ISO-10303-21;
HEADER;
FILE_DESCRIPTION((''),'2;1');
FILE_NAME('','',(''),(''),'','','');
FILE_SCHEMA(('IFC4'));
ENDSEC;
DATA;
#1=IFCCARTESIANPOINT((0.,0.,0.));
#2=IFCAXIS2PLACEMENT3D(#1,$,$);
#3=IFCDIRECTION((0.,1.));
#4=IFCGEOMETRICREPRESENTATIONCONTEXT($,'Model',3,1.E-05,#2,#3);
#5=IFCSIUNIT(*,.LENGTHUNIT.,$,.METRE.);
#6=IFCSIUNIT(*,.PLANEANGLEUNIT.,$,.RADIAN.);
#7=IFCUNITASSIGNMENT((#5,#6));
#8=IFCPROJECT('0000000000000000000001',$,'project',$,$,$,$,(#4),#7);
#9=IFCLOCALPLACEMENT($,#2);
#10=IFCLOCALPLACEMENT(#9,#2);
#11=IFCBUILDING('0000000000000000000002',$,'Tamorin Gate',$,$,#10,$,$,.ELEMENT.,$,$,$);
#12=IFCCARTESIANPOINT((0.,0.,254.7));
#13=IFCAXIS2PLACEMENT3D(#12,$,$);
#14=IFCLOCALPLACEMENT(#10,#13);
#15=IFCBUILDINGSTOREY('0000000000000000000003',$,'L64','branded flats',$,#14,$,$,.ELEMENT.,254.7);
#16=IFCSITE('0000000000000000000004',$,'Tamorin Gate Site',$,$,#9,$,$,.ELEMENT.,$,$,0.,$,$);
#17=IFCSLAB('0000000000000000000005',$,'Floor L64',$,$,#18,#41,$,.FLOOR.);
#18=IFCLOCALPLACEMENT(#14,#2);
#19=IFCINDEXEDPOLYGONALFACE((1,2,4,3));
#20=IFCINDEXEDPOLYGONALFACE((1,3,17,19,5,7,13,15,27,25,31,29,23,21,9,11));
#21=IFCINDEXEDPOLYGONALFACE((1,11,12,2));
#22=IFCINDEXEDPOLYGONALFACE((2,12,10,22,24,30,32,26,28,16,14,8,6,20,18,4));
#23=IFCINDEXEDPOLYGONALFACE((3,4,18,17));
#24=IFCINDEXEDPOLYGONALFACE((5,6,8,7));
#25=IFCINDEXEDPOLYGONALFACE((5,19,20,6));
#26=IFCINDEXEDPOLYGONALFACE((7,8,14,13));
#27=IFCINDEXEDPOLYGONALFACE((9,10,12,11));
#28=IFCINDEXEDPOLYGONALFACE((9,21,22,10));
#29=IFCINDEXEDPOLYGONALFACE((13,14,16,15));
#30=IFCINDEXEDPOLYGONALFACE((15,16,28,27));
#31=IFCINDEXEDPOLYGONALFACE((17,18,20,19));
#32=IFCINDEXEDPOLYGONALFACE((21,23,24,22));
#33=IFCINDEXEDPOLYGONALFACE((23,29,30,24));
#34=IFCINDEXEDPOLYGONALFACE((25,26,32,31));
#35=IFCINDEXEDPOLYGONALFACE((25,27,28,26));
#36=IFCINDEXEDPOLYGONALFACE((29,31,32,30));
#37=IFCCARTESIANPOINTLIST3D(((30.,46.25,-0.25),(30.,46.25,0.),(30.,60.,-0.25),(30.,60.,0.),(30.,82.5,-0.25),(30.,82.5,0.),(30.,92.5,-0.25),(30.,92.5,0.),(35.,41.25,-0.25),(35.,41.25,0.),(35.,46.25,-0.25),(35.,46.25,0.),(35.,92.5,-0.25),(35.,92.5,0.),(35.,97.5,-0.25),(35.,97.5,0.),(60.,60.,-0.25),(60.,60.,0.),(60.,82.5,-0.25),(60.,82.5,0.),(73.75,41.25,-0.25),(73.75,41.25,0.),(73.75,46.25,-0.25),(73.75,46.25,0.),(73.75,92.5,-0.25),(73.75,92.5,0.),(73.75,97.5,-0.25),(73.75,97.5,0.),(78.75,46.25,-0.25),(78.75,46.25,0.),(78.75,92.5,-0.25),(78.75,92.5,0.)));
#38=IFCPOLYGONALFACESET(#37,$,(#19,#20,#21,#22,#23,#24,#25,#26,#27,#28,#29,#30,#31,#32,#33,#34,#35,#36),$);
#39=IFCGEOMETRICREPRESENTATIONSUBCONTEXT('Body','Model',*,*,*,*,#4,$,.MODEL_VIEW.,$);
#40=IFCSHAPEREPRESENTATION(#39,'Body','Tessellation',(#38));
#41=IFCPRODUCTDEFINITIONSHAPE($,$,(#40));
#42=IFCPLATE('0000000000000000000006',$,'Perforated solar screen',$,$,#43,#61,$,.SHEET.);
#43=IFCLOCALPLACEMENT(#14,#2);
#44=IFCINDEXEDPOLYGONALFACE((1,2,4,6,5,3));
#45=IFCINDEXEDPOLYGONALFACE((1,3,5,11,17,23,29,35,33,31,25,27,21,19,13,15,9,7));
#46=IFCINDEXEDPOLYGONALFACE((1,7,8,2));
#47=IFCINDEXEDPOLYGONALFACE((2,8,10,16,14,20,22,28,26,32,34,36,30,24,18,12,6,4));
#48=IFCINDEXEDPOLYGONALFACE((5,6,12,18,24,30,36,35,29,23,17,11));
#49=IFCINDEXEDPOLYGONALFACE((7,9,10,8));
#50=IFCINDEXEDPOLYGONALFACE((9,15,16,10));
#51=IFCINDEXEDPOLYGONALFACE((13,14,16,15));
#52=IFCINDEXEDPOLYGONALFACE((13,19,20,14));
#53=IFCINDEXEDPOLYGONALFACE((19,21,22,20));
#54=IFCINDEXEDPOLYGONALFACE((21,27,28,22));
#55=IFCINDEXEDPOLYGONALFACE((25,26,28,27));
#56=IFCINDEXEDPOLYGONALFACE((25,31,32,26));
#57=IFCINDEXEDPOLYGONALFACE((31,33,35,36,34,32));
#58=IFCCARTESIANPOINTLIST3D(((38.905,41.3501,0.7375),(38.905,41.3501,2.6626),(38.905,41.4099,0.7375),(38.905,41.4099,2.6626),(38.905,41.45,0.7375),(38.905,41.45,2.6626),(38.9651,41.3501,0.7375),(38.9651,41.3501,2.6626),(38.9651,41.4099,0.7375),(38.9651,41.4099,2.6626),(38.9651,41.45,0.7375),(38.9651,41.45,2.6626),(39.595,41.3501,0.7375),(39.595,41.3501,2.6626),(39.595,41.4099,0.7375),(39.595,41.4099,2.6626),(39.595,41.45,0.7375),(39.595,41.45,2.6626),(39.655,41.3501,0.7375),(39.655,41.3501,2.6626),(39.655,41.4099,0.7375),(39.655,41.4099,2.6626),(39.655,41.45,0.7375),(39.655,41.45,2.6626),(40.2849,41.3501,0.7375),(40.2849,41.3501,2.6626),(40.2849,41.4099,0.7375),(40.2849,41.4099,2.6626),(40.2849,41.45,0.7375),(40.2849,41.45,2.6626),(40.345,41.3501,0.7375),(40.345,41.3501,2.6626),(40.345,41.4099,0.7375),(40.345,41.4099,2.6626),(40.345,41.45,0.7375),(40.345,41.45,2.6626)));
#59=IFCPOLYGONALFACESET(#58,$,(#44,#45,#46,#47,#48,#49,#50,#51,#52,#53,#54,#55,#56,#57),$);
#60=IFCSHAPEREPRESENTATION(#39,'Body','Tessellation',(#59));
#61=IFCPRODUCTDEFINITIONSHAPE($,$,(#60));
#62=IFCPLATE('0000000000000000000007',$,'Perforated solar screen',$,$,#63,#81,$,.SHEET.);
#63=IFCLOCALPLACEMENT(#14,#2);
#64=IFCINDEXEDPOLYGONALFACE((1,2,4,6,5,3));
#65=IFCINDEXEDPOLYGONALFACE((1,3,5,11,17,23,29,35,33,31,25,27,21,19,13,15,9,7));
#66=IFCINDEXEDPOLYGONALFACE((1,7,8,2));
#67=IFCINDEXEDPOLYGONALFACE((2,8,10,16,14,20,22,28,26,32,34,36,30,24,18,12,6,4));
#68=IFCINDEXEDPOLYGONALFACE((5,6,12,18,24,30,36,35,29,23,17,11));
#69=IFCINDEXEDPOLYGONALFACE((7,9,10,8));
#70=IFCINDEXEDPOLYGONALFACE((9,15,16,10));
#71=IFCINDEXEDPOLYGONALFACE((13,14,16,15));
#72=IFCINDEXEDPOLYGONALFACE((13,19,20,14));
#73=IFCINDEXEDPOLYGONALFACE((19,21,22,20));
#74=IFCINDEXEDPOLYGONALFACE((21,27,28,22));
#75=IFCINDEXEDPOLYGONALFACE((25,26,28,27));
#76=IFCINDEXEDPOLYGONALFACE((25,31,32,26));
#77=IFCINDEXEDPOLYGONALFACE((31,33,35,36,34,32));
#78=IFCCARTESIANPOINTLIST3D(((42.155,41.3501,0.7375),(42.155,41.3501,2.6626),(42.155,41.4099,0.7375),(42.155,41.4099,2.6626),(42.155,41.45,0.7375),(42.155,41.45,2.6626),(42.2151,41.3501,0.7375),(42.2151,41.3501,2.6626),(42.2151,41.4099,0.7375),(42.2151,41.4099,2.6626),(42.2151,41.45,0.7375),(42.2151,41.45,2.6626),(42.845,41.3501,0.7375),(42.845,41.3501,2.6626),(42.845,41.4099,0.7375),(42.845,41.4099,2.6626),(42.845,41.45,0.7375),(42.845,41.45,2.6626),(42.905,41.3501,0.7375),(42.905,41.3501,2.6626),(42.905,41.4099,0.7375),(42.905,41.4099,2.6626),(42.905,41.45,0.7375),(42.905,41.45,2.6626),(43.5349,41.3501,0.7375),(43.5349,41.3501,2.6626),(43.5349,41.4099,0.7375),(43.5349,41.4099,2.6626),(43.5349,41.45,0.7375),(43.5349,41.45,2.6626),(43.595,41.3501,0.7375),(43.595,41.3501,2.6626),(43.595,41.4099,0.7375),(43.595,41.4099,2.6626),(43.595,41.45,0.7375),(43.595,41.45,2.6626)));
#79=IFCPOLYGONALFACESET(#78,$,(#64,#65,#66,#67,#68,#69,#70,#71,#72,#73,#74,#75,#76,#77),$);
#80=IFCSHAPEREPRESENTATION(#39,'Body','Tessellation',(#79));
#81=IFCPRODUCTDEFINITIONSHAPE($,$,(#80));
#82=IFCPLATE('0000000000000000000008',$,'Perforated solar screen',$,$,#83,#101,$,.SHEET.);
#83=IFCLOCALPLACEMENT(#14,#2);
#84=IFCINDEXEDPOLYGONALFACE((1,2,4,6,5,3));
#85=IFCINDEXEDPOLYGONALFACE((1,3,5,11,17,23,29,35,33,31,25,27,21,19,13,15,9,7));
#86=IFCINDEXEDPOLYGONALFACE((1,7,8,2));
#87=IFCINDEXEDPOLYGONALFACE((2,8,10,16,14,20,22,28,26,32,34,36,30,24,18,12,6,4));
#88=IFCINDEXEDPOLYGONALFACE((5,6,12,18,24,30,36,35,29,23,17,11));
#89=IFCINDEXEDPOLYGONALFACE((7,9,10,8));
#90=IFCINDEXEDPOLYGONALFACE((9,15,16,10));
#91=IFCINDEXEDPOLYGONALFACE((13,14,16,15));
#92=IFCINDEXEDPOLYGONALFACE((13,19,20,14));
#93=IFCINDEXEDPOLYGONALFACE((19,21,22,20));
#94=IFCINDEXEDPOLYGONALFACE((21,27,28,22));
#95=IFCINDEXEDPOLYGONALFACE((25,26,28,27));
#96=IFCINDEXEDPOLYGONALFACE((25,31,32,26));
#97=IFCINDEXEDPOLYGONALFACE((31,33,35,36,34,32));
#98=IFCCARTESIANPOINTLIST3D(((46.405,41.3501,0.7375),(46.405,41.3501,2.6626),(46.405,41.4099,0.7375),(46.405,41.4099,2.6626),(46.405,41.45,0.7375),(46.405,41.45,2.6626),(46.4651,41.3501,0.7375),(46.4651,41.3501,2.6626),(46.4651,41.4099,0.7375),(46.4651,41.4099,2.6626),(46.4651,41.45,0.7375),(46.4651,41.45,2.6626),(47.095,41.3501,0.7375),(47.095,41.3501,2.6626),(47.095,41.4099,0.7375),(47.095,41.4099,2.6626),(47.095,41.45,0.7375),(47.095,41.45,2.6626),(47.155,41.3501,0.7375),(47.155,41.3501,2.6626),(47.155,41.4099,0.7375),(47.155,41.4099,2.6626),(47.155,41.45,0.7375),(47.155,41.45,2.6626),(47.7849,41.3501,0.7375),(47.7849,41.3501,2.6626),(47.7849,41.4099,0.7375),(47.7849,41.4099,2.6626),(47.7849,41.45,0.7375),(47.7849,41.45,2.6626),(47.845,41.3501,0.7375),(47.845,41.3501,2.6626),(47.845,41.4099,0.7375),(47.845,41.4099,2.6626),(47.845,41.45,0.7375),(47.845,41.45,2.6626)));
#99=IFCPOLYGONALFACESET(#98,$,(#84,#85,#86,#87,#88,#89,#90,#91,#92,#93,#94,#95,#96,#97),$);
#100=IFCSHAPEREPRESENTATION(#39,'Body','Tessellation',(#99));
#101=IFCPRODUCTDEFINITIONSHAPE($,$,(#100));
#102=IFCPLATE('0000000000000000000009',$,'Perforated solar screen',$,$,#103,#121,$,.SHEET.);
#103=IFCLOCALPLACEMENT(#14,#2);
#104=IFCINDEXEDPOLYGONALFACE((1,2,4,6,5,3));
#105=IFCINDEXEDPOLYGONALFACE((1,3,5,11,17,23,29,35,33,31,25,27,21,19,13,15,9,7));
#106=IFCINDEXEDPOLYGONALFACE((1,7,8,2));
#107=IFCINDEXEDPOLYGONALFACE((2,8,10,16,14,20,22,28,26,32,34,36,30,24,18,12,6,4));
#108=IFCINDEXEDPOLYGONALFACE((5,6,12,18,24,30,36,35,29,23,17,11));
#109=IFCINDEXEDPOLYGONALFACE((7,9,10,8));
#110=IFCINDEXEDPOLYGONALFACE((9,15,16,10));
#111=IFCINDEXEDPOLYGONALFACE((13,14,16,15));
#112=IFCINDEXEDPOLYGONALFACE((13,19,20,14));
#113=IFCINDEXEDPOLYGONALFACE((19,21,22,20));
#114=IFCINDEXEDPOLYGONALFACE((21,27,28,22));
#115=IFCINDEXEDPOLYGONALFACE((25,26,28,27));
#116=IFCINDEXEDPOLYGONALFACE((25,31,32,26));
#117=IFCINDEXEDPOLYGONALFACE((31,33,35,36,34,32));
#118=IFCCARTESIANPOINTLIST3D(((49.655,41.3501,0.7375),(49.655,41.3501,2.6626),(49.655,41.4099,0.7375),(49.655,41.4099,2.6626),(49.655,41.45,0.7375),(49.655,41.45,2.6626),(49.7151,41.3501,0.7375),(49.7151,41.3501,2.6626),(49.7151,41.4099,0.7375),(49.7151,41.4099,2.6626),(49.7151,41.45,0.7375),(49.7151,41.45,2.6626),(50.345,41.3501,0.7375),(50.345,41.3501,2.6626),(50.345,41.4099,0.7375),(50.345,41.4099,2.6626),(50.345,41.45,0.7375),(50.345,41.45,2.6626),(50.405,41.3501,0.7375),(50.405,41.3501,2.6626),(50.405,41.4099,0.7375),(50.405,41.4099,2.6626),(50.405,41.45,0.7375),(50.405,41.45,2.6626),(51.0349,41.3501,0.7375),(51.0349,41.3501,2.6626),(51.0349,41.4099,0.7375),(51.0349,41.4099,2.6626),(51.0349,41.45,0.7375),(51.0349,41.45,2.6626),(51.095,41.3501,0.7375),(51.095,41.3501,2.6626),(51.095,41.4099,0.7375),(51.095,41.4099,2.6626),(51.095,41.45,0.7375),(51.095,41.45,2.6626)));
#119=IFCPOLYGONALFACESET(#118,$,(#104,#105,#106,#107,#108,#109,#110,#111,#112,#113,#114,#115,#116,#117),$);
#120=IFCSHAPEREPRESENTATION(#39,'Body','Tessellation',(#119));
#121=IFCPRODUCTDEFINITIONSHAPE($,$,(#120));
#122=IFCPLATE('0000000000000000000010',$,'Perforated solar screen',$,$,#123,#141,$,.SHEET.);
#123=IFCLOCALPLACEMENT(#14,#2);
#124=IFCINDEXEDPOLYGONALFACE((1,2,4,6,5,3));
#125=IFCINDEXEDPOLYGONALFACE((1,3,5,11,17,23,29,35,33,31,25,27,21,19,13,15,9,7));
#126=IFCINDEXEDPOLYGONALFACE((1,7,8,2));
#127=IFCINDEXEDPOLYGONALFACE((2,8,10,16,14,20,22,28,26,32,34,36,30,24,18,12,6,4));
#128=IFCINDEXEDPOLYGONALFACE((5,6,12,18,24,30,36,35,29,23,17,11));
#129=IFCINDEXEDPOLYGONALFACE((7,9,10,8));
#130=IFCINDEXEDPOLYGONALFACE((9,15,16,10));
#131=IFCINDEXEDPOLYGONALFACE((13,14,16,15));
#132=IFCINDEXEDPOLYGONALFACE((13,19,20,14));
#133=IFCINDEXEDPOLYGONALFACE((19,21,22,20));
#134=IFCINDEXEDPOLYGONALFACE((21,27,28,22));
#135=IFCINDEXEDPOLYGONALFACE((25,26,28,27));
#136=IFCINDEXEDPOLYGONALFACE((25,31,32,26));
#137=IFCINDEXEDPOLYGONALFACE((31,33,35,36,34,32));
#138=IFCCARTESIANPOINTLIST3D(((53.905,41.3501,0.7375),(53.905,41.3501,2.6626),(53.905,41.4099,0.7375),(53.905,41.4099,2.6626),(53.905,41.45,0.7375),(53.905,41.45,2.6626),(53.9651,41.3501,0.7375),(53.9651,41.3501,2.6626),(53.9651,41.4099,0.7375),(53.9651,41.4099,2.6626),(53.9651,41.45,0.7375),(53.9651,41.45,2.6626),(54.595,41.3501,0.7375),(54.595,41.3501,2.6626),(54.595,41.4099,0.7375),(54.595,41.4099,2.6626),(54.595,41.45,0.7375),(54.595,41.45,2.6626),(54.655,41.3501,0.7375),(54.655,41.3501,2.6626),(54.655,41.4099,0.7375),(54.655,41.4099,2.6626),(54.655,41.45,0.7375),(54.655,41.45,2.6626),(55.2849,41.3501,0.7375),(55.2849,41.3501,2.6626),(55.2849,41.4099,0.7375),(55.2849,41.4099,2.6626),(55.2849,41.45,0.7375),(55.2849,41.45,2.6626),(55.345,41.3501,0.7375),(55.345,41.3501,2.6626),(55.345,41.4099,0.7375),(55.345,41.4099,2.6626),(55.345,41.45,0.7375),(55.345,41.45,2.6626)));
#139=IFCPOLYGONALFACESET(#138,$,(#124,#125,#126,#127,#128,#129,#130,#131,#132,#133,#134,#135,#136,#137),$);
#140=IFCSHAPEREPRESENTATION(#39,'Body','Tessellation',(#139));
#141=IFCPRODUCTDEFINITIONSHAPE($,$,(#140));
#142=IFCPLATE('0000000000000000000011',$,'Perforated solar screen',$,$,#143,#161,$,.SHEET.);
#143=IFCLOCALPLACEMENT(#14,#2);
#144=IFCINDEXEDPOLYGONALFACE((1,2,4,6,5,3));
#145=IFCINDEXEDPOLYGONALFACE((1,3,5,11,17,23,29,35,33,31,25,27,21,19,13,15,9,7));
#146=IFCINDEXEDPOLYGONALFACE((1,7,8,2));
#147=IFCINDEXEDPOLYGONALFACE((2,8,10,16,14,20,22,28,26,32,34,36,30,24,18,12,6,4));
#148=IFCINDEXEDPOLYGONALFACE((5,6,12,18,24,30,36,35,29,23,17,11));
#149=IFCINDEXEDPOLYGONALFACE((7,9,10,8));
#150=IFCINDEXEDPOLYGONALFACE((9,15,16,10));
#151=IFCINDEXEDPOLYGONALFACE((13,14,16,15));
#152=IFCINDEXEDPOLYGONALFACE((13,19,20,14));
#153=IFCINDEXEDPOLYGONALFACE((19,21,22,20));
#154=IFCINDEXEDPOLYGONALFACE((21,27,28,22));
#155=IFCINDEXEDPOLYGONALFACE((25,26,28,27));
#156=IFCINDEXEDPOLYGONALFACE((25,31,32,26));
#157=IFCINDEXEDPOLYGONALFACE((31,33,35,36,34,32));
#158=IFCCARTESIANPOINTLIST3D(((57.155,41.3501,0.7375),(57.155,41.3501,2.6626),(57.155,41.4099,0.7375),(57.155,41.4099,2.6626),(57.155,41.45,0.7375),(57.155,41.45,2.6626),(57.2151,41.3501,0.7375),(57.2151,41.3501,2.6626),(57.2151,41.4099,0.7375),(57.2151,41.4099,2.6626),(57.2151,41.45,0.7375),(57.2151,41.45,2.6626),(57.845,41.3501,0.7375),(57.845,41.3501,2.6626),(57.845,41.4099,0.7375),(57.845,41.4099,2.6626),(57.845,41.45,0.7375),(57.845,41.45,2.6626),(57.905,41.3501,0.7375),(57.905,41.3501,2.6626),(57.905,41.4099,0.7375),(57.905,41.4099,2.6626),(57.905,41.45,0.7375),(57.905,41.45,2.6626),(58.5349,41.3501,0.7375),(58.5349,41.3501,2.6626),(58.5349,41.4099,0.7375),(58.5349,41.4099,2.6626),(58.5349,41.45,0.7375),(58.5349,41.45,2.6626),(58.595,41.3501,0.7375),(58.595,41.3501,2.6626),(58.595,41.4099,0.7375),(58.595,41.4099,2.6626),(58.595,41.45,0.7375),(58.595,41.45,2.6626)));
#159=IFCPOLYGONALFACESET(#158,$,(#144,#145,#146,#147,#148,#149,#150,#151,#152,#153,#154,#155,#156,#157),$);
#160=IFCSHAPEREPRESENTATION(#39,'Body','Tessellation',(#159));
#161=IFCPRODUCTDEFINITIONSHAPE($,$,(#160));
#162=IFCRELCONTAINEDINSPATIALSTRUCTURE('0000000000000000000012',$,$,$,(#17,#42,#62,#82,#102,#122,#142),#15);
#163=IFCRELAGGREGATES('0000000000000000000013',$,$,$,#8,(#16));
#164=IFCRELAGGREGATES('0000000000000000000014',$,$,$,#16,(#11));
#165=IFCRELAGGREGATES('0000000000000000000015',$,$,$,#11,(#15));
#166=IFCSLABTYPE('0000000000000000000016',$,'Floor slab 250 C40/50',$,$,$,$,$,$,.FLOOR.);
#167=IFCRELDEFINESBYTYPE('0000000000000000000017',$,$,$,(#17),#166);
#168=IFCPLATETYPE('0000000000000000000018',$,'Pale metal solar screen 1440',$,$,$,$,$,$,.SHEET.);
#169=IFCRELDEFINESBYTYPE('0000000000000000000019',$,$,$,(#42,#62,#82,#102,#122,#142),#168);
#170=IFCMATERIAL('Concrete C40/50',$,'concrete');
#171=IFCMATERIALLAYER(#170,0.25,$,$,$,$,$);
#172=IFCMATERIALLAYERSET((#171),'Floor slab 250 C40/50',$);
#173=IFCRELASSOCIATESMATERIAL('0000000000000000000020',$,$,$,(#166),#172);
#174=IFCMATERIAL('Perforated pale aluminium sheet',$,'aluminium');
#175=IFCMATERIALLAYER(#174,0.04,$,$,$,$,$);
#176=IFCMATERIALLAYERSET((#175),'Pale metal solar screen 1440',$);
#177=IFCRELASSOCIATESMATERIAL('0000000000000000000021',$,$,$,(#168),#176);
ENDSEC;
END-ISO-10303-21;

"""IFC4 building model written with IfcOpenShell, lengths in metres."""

from ifc_helpers import new_model, si_unit, direction, frame, origin, place, context, subcontext, project, spatial, polyline, outline, extrude, material, layer, layer_set, type_object, element, save


model = new_model("IFC4")

# Units and contexts
model_context = context("Model", 3, precision=1e-05, world=origin(), true_north=direction((0.0, 1.0)))
body_context = subcontext(model_context, "Body", "Model", "MODEL_VIEW")
ifc_project = project(units=[si_unit("LENGTHUNIT", "METRE"), si_unit("PLANEANGLEUNIT", "RADIAN")], contexts=[model_context])

# Site, building, storey
site_placement = place(None, origin())
site = spatial("IfcSite", under=ifc_project, at=site_placement, Name="Tamorin Gate Site", CompositionType="ELEMENT", RefElevation=0.0)
building_placement = place(site_placement, origin())
building = spatial("IfcBuilding", under=site, at=building_placement, Name="Tamorin Gate", CompositionType="ELEMENT")
storey_placement = place(building_placement, frame((0.0, 0.0, 254.7)))
storey = spatial("IfcBuildingStorey", under=building, at=storey_placement, Name="L64", Description="branded flats", CompositionType="ELEMENT", Elevation=254.7)

# Slab
ifc_material_1 = material(Name="Concrete C40/50", Category="concrete")
ifc_layer_1 = layer(ifc_material_1, 0.25)
ifc_layer_set_1 = layer_set([ifc_layer_1], Name="Floor slab 250 C40/50")
slab_type = type_object("IfcSlabType", Name="Floor slab 250 C40/50", PredefinedType="FLOOR", material=ifc_layer_set_1)
slab_placement = place(storey_placement, frame((0.0, 0.0, -0.25)))
element("IfcSlab", 1, at=slab_placement, inside=storey, type_object=slab_type, Name="Floor L64", PredefinedType="FLOOR", context=body_context, shape_type="SweptSolid", body=[
    extrude(outline(polyline([(30.0, 92.5), (35.0, 92.5), (35.0, 97.5), (73.75, 97.5), (73.75, 92.5), (78.75, 92.5), (78.75, 46.25), (73.75, 46.25), (73.75, 41.25), (35.0, 41.25), (35.0, 46.25), (30.0, 46.25), (30.0, 60.0), (60.0, 60.0), (60.0, 82.5), (30.0, 82.5), (30.0, 92.5)])), origin(), (0.0, 0.0, 1.0), 0.25),
])

# Plates
ifc_material_2 = material(Name="Perforated pale aluminium sheet", Category="aluminium")
ifc_layer_2 = layer(ifc_material_2, 0.04)
ifc_layer_set_2 = layer_set([ifc_layer_2], Name="Pale metal solar screen 1440")
plate_type = type_object("IfcPlateType", Name="Pale metal solar screen 1440", PredefinedType="SHEET", material=ifc_layer_set_2)
plate_1_placement = place(storey_placement, frame((0.0, 0.0, 0.7375)))
element("IfcPlate", 2, at=plate_1_placement, inside=storey, type_object=plate_type, Name="Perforated solar screen", PredefinedType="SHEET", context=body_context, shape_type="SweptSolid", body=[
    extrude(outline(polyline([(38.905, 41.4099), (38.905, 41.45), (38.9651, 41.45), (39.595, 41.45), (39.655, 41.45), (40.2849, 41.45), (40.345, 41.45), (40.345, 41.45), (40.345, 41.4099), (40.345, 41.4099), (40.345, 41.3501), (40.2849, 41.3501), (40.2849, 41.4099), (39.655, 41.4099), (39.655, 41.3501), (39.595, 41.3501), (39.595, 41.4099), (38.9651, 41.4099), (38.9651, 41.3501), (38.905, 41.3501), (38.905, 41.4099)])), origin(), (0.0, 0.0, 1.0), 1.925),
])
plate_2_placement = place(storey_placement, frame((0.0, 0.0, 0.7375)))
element("IfcPlate", 3, at=plate_2_placement, inside=storey, type_object=plate_type, Name="Perforated solar screen", PredefinedType="SHEET", context=body_context, shape_type="SweptSolid", body=[
    extrude(outline(polyline([(42.155, 41.4099), (42.155, 41.45), (42.2151, 41.45), (42.845, 41.45), (42.905, 41.45), (43.5349, 41.45), (43.595, 41.45), (43.595, 41.4099), (43.595, 41.3501), (43.5349, 41.3501), (43.5349, 41.4099), (42.905, 41.4099), (42.905, 41.3501), (42.845, 41.3501), (42.845, 41.4099), (42.2151, 41.4099), (42.2151, 41.3501), (42.155, 41.3501), (42.155, 41.4099)])), origin(), (0.0, 0.0, 1.0), 1.925),
])
plate_3_placement = place(storey_placement, frame((0.0, 0.0, 0.7375)))
element("IfcPlate", 4, at=plate_3_placement, inside=storey, type_object=plate_type, Name="Perforated solar screen", PredefinedType="SHEET", context=body_context, shape_type="SweptSolid", body=[
    extrude(outline(polyline([(46.405, 41.4099), (46.405, 41.45), (46.4651, 41.45), (47.095, 41.45), (47.155, 41.45), (47.7849, 41.45), (47.845, 41.45), (47.845, 41.4099), (47.845, 41.3501), (47.7849, 41.3501), (47.7849, 41.4099), (47.155, 41.4099), (47.155, 41.3501), (47.095, 41.3501), (47.095, 41.4099), (46.4651, 41.4099), (46.4651, 41.3501), (46.405, 41.3501), (46.405, 41.4099)])), origin(), (0.0, 0.0, 1.0), 1.925),
])
plate_4_placement = place(storey_placement, frame((0.0, 0.0, 0.7375)))
element("IfcPlate", 5, at=plate_4_placement, inside=storey, type_object=plate_type, Name="Perforated solar screen", PredefinedType="SHEET", context=body_context, shape_type="SweptSolid", body=[
    extrude(outline(polyline([(49.655, 41.4099), (49.655, 41.45), (49.7151, 41.45), (50.345, 41.45), (50.405, 41.45), (51.0349, 41.45), (51.095, 41.45), (51.095, 41.4099), (51.095, 41.3501), (51.0349, 41.3501), (51.0349, 41.4099), (50.405, 41.4099), (50.405, 41.3501), (50.345, 41.3501), (50.345, 41.4099), (49.7151, 41.4099), (49.7151, 41.3501), (49.655, 41.3501), (49.655, 41.4099)])), origin(), (0.0, 0.0, 1.0), 1.925),
])
plate_5_placement = place(storey_placement, frame((0.0, 0.0, 0.7375)))
element("IfcPlate", 6, at=plate_5_placement, inside=storey, type_object=plate_type, Name="Perforated solar screen", PredefinedType="SHEET", context=body_context, shape_type="SweptSolid", body=[
    extrude(outline(polyline([(53.905, 41.4099), (53.905, 41.45), (53.9651, 41.45), (54.595, 41.45), (54.655, 41.45), (55.2849, 41.45), (55.345, 41.45), (55.345, 41.4099), (55.345, 41.3501), (55.2849, 41.3501), (55.2849, 41.4099), (54.655, 41.4099), (54.655, 41.3501), (54.595, 41.3501), (54.595, 41.4099), (53.9651, 41.4099), (53.9651, 41.3501), (53.905, 41.3501), (53.905, 41.4099)])), origin(), (0.0, 0.0, 1.0), 1.925),
])
plate_6_placement = place(storey_placement, frame((0.0, 0.0, 0.7375)))
element("IfcPlate", 7, at=plate_6_placement, inside=storey, type_object=plate_type, Name="Perforated solar screen", PredefinedType="SHEET", context=body_context, shape_type="SweptSolid", body=[
    extrude(outline(polyline([(57.155, 41.4099), (57.155, 41.45), (57.2151, 41.45), (57.845, 41.45), (57.905, 41.45), (58.5349, 41.45), (58.595, 41.45), (58.595, 41.4099), (58.595, 41.3501), (58.5349, 41.3501), (58.5349, 41.4099), (57.905, 41.4099), (57.905, 41.3501), (57.845, 41.3501), (57.845, 41.4099), (57.2151, 41.4099), (57.2151, 41.3501), (57.155, 41.3501), (57.155, 41.4099)])), origin(), (0.0, 0.0, 1.0), 1.925),
])

save(model, "model.ifc")
